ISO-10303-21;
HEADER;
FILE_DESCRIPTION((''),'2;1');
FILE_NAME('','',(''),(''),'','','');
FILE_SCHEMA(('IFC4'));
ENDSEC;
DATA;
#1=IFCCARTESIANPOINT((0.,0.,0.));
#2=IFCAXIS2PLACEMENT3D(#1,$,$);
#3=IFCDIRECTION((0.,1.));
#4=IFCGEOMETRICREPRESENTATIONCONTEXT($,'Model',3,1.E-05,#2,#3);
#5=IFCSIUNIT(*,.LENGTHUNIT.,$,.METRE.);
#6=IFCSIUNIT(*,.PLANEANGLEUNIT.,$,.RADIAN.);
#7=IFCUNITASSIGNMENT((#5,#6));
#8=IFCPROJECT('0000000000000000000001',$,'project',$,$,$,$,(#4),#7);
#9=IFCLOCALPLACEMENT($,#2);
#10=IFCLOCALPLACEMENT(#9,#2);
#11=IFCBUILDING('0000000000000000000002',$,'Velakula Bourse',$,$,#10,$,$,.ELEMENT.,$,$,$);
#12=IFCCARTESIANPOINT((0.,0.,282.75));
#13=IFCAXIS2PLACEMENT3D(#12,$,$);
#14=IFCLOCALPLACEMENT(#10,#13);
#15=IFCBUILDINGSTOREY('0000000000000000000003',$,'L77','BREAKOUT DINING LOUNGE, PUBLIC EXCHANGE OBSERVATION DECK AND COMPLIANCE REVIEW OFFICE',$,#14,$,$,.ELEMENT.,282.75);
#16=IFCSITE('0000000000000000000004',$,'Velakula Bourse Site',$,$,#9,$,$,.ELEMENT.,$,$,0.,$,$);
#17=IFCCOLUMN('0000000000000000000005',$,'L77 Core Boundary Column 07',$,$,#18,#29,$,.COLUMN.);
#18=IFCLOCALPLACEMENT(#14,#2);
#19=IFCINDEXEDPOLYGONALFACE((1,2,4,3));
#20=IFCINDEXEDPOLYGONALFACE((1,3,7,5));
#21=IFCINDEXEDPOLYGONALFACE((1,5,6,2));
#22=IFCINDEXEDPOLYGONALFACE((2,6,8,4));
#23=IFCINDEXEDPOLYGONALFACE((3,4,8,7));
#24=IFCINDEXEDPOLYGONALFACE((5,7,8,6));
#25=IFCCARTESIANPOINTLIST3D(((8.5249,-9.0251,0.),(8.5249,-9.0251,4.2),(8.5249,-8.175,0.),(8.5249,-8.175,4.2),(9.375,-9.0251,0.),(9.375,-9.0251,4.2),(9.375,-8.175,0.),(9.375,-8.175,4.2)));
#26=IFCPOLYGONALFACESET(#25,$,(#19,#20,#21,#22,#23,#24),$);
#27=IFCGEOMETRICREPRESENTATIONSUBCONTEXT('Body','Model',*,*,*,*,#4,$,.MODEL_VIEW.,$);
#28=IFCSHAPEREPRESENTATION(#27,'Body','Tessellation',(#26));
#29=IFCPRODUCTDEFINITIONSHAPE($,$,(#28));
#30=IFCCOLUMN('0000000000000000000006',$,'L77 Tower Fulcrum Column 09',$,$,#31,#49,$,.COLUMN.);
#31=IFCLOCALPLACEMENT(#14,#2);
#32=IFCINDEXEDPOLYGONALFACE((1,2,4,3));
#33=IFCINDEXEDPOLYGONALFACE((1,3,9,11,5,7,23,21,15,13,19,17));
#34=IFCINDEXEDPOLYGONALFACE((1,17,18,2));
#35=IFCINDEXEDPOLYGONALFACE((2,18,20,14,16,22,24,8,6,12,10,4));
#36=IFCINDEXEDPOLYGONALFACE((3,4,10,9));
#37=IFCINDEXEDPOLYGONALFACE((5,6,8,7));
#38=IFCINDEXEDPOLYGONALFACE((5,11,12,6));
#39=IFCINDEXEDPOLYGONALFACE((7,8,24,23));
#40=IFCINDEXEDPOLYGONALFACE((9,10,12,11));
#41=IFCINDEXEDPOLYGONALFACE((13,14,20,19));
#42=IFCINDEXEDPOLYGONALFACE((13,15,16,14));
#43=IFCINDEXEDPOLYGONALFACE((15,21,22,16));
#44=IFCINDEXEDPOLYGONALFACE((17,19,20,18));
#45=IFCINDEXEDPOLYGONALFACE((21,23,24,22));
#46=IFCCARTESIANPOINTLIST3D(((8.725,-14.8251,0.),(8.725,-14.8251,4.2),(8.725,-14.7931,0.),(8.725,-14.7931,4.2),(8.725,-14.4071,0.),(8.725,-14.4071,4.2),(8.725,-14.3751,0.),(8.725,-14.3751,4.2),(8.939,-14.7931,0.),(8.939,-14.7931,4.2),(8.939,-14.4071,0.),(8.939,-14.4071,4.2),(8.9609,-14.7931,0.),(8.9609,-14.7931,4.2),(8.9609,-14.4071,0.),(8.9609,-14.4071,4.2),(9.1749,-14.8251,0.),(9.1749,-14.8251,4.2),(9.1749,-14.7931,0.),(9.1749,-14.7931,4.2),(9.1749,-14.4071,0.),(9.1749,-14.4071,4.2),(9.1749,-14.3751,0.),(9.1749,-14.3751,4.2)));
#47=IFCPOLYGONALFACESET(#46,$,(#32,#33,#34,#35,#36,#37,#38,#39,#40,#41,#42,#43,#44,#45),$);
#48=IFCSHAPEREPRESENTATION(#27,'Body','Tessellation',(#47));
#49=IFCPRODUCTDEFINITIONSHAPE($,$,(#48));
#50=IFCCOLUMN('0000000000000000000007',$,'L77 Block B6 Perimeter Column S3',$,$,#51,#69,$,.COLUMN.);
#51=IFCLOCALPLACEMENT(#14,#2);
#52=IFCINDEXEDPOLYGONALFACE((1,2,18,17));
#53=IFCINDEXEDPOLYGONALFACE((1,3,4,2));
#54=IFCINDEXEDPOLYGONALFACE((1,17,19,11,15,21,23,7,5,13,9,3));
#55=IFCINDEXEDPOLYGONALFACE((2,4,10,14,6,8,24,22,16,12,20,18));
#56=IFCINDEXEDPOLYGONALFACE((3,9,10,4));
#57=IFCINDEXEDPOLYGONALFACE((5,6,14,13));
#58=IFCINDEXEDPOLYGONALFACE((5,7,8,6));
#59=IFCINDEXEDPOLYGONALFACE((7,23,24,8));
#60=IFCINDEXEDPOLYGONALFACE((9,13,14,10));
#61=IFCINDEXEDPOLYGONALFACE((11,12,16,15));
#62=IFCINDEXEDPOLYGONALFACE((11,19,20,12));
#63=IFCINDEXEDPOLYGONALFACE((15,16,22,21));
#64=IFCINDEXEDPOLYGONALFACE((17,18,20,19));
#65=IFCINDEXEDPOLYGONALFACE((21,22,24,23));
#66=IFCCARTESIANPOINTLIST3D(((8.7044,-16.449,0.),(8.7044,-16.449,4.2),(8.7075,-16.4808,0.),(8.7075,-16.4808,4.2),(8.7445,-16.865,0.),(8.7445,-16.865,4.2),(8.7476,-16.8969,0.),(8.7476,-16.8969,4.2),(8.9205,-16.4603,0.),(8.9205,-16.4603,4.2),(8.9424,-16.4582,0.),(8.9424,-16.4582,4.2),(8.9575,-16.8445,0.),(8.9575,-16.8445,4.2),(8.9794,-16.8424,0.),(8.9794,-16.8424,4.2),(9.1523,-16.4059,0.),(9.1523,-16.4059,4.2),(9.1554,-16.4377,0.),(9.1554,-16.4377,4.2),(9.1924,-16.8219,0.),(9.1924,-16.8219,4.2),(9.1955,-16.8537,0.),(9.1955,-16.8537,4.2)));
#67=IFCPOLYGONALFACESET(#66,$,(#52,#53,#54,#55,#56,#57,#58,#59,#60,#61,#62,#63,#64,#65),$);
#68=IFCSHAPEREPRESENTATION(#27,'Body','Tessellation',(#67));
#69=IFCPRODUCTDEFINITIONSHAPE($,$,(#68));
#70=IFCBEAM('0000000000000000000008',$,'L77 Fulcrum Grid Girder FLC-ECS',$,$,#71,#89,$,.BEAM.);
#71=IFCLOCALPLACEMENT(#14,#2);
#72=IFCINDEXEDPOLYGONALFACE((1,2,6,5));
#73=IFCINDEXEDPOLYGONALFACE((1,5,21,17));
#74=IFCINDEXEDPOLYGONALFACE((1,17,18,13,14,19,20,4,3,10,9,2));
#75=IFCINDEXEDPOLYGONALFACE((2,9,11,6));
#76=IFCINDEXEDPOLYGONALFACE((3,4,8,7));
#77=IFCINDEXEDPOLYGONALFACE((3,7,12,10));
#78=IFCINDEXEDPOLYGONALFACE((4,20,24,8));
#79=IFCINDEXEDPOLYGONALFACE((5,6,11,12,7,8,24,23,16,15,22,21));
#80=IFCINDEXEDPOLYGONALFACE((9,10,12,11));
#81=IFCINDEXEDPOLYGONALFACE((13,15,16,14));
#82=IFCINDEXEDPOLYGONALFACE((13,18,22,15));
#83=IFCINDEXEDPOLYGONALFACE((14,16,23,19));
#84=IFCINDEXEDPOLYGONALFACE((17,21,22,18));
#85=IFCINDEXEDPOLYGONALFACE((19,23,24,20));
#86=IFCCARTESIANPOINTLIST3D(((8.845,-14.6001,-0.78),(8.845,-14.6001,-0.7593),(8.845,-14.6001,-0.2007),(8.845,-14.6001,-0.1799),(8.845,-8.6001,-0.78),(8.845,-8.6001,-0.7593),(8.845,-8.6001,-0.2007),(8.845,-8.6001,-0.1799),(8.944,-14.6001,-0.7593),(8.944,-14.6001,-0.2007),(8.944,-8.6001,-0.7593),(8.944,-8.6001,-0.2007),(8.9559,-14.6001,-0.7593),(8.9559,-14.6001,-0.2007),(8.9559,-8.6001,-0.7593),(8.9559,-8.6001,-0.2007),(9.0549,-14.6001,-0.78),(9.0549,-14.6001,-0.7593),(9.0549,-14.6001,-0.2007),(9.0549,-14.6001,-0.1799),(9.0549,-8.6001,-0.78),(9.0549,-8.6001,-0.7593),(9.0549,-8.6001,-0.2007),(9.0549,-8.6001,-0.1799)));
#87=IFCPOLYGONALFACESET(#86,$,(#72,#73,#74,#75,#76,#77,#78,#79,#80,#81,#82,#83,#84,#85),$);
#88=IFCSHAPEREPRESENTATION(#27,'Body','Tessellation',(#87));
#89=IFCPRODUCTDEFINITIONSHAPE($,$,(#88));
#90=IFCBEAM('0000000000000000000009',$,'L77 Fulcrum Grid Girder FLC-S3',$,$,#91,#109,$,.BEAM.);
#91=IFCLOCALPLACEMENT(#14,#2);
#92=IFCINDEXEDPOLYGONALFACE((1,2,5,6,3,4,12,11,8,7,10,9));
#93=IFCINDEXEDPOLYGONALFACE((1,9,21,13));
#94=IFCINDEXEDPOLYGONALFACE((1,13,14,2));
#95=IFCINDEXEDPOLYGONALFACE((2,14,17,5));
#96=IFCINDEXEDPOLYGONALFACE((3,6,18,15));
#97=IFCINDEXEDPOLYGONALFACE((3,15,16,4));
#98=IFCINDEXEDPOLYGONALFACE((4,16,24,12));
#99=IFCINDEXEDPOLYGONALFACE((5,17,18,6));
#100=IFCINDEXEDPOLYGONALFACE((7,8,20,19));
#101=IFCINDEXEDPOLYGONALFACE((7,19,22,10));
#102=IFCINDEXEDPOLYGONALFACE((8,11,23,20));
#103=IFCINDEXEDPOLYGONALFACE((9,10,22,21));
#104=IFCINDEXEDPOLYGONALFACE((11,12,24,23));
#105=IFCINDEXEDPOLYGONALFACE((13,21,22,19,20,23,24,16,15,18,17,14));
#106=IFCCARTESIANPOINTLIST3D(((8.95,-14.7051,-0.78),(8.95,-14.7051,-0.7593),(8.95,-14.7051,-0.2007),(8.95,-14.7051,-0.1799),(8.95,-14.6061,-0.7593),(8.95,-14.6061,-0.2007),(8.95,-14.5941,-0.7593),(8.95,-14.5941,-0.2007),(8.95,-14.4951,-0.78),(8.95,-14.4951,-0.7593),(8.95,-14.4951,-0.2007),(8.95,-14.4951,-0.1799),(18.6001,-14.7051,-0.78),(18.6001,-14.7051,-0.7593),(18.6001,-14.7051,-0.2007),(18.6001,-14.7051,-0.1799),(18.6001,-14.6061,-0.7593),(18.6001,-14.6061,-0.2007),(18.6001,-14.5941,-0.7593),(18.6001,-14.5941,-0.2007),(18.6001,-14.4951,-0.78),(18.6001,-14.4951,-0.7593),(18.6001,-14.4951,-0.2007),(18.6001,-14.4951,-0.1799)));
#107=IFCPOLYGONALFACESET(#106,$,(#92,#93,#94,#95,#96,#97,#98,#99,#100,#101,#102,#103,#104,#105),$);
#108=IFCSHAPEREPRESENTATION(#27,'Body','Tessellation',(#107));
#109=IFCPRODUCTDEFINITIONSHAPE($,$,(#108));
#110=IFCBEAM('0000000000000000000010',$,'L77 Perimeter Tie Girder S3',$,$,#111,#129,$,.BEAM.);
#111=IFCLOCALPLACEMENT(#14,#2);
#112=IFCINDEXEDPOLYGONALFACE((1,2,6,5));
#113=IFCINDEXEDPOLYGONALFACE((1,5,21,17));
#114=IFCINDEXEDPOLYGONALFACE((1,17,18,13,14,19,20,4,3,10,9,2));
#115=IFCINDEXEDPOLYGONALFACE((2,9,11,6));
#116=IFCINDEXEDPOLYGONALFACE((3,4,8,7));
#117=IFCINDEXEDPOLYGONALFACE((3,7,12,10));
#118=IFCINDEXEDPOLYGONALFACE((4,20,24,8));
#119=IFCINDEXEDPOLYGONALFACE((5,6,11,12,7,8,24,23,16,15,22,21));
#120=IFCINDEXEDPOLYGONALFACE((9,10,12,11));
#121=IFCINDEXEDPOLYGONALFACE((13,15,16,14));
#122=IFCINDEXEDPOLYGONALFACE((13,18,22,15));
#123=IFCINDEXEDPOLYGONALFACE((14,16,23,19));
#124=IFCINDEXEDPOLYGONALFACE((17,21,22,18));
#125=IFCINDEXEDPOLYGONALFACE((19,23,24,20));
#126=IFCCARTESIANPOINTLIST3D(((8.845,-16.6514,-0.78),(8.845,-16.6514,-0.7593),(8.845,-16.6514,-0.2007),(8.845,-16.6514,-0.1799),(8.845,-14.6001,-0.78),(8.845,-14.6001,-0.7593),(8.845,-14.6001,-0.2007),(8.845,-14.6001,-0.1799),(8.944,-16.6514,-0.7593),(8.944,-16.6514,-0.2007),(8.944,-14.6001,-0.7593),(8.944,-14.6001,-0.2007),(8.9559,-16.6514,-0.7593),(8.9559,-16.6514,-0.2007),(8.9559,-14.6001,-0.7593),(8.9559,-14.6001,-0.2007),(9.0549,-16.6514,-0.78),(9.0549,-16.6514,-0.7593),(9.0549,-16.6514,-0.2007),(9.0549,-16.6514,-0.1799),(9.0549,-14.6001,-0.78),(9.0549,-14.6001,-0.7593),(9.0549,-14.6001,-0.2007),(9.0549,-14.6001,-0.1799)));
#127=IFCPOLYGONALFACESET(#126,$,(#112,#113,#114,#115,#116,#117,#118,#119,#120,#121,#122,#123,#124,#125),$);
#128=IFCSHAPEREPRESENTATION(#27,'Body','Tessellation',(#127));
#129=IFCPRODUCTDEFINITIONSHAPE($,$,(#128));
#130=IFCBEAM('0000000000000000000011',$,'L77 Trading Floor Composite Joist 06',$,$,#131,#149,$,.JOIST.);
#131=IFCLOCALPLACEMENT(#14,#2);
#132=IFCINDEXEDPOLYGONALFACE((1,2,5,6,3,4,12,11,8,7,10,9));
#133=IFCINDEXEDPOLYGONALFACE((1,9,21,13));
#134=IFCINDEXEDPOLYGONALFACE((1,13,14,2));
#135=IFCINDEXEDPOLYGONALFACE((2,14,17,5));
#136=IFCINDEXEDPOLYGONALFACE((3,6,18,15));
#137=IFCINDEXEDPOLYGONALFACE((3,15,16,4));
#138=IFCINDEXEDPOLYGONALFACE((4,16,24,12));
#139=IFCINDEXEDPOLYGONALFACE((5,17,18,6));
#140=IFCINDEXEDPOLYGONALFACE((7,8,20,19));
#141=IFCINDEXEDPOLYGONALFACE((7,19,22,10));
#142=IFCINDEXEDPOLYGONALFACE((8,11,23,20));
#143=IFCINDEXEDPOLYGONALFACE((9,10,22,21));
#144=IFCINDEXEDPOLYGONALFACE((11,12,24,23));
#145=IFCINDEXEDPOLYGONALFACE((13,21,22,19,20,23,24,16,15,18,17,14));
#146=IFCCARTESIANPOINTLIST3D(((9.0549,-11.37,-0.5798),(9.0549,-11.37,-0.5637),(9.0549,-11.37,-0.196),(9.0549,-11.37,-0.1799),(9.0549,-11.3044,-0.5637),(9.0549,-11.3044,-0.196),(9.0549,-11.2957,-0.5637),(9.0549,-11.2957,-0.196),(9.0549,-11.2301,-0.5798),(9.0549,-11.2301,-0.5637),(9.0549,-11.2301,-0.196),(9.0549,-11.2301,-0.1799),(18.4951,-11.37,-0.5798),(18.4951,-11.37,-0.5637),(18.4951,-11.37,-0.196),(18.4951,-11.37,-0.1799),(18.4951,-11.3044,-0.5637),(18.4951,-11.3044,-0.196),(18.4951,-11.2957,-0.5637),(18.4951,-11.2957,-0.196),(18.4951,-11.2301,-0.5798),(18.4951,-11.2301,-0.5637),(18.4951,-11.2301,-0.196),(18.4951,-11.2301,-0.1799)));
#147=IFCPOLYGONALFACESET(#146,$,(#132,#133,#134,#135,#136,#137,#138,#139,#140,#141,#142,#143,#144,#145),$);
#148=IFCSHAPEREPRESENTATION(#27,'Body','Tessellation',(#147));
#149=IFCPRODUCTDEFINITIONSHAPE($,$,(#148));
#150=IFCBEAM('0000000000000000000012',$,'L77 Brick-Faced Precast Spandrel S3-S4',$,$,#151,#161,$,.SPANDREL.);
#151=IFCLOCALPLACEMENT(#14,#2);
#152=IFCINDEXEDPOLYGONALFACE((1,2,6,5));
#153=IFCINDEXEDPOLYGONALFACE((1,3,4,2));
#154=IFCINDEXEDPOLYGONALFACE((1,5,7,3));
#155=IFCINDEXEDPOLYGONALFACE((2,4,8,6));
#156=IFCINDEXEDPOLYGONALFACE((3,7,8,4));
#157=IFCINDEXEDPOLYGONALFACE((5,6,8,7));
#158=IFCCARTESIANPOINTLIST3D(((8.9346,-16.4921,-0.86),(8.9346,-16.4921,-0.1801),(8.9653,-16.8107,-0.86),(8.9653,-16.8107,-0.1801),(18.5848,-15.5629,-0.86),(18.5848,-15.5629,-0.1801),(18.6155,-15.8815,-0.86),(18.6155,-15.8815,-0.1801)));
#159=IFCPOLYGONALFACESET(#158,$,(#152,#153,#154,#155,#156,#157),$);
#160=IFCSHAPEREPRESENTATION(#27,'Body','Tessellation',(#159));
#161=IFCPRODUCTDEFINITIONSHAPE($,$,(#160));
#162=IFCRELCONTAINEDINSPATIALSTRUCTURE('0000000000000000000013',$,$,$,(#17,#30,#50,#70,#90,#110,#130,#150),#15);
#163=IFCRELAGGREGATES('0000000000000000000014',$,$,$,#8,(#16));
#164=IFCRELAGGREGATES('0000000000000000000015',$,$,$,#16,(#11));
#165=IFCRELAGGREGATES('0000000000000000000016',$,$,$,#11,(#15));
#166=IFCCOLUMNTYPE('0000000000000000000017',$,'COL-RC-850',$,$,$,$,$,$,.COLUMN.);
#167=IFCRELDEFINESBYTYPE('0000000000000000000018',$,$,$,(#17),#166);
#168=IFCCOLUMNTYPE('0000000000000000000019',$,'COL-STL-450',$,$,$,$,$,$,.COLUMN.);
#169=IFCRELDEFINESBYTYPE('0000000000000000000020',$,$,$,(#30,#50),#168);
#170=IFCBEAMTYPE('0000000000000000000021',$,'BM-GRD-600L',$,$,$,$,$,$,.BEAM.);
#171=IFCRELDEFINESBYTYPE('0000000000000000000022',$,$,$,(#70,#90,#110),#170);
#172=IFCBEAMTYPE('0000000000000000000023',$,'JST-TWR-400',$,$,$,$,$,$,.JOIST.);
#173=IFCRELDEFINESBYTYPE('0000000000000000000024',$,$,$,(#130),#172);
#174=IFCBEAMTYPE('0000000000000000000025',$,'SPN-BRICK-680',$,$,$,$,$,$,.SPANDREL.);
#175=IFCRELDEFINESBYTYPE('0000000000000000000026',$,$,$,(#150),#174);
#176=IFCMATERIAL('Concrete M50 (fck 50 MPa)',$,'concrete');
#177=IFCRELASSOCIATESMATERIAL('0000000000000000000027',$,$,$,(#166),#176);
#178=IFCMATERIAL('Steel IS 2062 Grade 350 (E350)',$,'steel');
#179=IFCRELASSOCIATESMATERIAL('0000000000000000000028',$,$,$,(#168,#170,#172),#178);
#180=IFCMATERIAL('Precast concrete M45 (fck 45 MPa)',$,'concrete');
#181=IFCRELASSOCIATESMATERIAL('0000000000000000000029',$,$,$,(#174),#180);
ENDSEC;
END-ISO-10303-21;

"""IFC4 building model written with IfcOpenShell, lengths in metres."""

from ifc_helpers import new_model, si_unit, direction, frame, origin, origin_2d, place, context, subcontext, project, spatial, rectangle, i_section, extrude, material, material_profile, profile_set, type_object, element, save


model = new_model("IFC4")

# Units and contexts
model_context = context("Model", 3, precision=1e-05, world=origin(), true_north=direction((0.0, 1.0)))
body_context = subcontext(model_context, "Body", "Model", "MODEL_VIEW")
ifc_project = project(units=[si_unit("LENGTHUNIT", "METRE"), si_unit("PLANEANGLEUNIT", "RADIAN")], contexts=[model_context])

# Site, building, storey
site_placement = place(None, origin())
site = spatial("IfcSite", under=ifc_project, at=site_placement, Name="Velakula Bourse Site", CompositionType="ELEMENT", RefElevation=0.0)
building_placement = place(site_placement, origin())
building = spatial("IfcBuilding", under=site, at=building_placement, Name="Velakula Bourse", CompositionType="ELEMENT")
storey_placement = place(building_placement, frame((0.0, 0.0, 282.75)))
storey = spatial("IfcBuildingStorey", under=building, at=storey_placement, Name="L77", Description="BREAKOUT DINING LOUNGE, PUBLIC EXCHANGE OBSERVATION DECK AND COMPLIANCE REVIEW OFFICE", CompositionType="ELEMENT", Elevation=282.75)

# Columns
ifc_material_1 = material(Name="Concrete M50 (fck 50 MPa)", Category="concrete")
ifc_material_profile_1 = material_profile(ifc_material_1, rectangle(XDim=0.8501, YDim=0.8501, at=origin_2d()), Name="Concrete M50 (fck 50 MPa)")
ifc_profile_set_1 = profile_set([ifc_material_profile_1], Name="Concrete M50 (fck 50 MPa)")
column_type_1 = type_object("IfcColumnType", Name="COL-RC-850", PredefinedType="COLUMN", material=ifc_profile_set_1)
column_placement = place(storey_placement, frame((8.95, -8.6001, 0.0), z_axis=(0.0, 0.0, 1.0), x_axis=(1.0, 0.0, 0.0)))
element("IfcColumn", 1, at=column_placement, inside=storey, type_object=column_type_1, Name="L77 Core Boundary Column 07", PredefinedType="COLUMN", context=body_context, shape_type="SweptSolid", body=[
    extrude(rectangle(XDim=0.8501, YDim=0.8501, at=origin_2d()), origin(), (0.0, 0.0, 1.0), 4.2),
])
ifc_material_2 = material(Name="Steel IS 2062 Grade 350 (E350)", Category="steel")
ifc_material_profile_2 = material_profile(ifc_material_2, i_section(OverallWidth=0.45, OverallDepth=0.45, WebThickness=0.022, FlangeThickness=0.032, at=origin_2d()), Name="Steel IS 2062 Grade 350 (E350)")
ifc_profile_set_2 = profile_set([ifc_material_profile_2], Name="Steel IS 2062 Grade 350 (E350)")
column_type_2 = type_object("IfcColumnType", Name="COL-STL-450", PredefinedType="COLUMN", material=ifc_profile_set_2)
for number, where, z_axis, x_axis, name in (
    (2, (8.95, -14.6001, 0.0), (0.0, 0.0, 1.0), (1.0, 0.0, 0.0), "L77 Tower Fulcrum Column 09"),
    (3, (8.95, -16.6514, 0.0), (0.0, 0.0, 1.0), (0.995396, 0.095846, 0.0), "L77 Block B6 Perimeter Column S3"),
):
    element("IfcColumn", number, at=place(storey_placement, frame(where, z_axis=z_axis, x_axis=x_axis)), inside=storey, type_object=column_type_2, Name=name, PredefinedType="COLUMN", context=body_context, shape_type="SweptSolid", body=[
        extrude(i_section(OverallWidth=0.45, OverallDepth=0.45, WebThickness=0.022, FlangeThickness=0.032, at=origin_2d()), origin(), (0.0, 0.0, 1.0), 4.2),
    ])

# Beams
ifc_material_profile_3 = material_profile(ifc_material_2, i_section(OverallWidth=0.21, OverallDepth=0.6001, WebThickness=0.012, FlangeThickness=0.0208, at=origin_2d()), Name="Steel IS 2062 Grade 350 (E350)")
ifc_profile_set_3 = profile_set([ifc_material_profile_3], Name="Steel IS 2062 Grade 350 (E350)")
beam_type_1 = type_object("IfcBeamType", Name="BM-GRD-600L", PredefinedType="BEAM", material=ifc_profile_set_3)
beam_1_placement = place(storey_placement, frame((8.95, -14.6001, -0.48), z_axis=(0.0, 1.0, 0.0), x_axis=(-1.0, 0.0, 0.0)))
element("IfcBeam", 4, at=beam_1_placement, inside=storey, type_object=beam_type_1, Name="L77 Fulcrum Grid Girder FLC-ECS", PredefinedType="BEAM", context=body_context, shape_type="SweptSolid", body=[
    extrude(i_section(OverallWidth=0.21, OverallDepth=0.6001, WebThickness=0.012, FlangeThickness=0.0208, at=origin_2d()), origin(), (0.0, 0.0, 1.0), 6.0),
])
beam_2_placement = place(storey_placement, frame((8.95, -14.6001, -0.48), z_axis=(1.0, 0.0, 0.0), x_axis=(0.0, 1.0, 0.0)))
element("IfcBeam", 5, at=beam_2_placement, inside=storey, type_object=beam_type_1, Name="L77 Fulcrum Grid Girder FLC-S3", PredefinedType="BEAM", context=body_context, shape_type="SweptSolid", body=[
    extrude(i_section(OverallWidth=0.21, OverallDepth=0.6001, WebThickness=0.012, FlangeThickness=0.0208, at=origin_2d()), origin(), (0.0, 0.0, 1.0), 9.6501),
])
beam_3_placement = place(storey_placement, frame((8.95, -14.6001, -0.48), z_axis=(0.0, -1.0, 0.0), x_axis=(1.0, 0.0, 0.0)))
element("IfcBeam", 6, at=beam_3_placement, inside=storey, type_object=beam_type_1, Name="L77 Perimeter Tie Girder S3", PredefinedType="BEAM", context=body_context, shape_type="SweptSolid", body=[
    extrude(i_section(OverallWidth=0.21, OverallDepth=0.6001, WebThickness=0.012, FlangeThickness=0.0208, at=origin_2d()), origin(), (0.0, 0.0, 1.0), 2.0513),
])
ifc_material_profile_4 = material_profile(ifc_material_2, i_section(OverallWidth=0.1399, OverallDepth=0.3999, WebThickness=0.0088, FlangeThickness=0.0161, at=origin_2d()), Name="Steel IS 2062 Grade 350 (E350)")
ifc_profile_set_4 = profile_set([ifc_material_profile_4], Name="Steel IS 2062 Grade 350 (E350)")
beam_type_2 = type_object("IfcBeamType", Name="JST-TWR-400", PredefinedType="JOIST", material=ifc_profile_set_4)
beam_4_placement = place(storey_placement, frame((9.0549, -11.3, -0.3799), z_axis=(1.0, 0.0, 0.0), x_axis=(0.0, 1.0, 0.0)))
element("IfcBeam", 7, at=beam_4_placement, inside=storey, type_object=beam_type_2, Name="L77 Trading Floor Composite Joist 06", PredefinedType="JOIST", context=body_context, shape_type="SweptSolid", body=[
    extrude(i_section(OverallWidth=0.1399, OverallDepth=0.3999, WebThickness=0.0088, FlangeThickness=0.0161, at=origin_2d()), origin(), (0.0, 0.0, 1.0), 9.4402),
])
ifc_material_3 = material(Name="Precast concrete M45 (fck 45 MPa)", Category="concrete")
ifc_material_profile_5 = material_profile(ifc_material_3, rectangle(XDim=0.3201, YDim=0.6799, at=origin_2d()), Name="Precast concrete M45 (fck 45 MPa)")
ifc_profile_set_5 = profile_set([ifc_material_profile_5], Name="Precast concrete M45 (fck 45 MPa)")
beam_type_3 = type_object("IfcBeamType", Name="SPN-BRICK-680", PredefinedType="SPANDREL", material=ifc_profile_set_5)
beam_5_placement = place(storey_placement, frame((8.95, -16.6514, -0.52), z_axis=(0.995396, 0.095845, 0.0), x_axis=(-0.095845, 0.995396, 0.0)))
element("IfcBeam", 8, at=beam_5_placement, inside=storey, type_object=beam_type_3, Name="L77 Brick-Faced Precast Spandrel S3-S4", PredefinedType="SPANDREL", context=body_context, shape_type="SweptSolid", body=[
    extrude(rectangle(XDim=0.3201, YDim=0.6799, at=origin_2d()), origin(), (0.0, 0.0, 1.0), 9.6948),
])

save(model, "model.ifc")
